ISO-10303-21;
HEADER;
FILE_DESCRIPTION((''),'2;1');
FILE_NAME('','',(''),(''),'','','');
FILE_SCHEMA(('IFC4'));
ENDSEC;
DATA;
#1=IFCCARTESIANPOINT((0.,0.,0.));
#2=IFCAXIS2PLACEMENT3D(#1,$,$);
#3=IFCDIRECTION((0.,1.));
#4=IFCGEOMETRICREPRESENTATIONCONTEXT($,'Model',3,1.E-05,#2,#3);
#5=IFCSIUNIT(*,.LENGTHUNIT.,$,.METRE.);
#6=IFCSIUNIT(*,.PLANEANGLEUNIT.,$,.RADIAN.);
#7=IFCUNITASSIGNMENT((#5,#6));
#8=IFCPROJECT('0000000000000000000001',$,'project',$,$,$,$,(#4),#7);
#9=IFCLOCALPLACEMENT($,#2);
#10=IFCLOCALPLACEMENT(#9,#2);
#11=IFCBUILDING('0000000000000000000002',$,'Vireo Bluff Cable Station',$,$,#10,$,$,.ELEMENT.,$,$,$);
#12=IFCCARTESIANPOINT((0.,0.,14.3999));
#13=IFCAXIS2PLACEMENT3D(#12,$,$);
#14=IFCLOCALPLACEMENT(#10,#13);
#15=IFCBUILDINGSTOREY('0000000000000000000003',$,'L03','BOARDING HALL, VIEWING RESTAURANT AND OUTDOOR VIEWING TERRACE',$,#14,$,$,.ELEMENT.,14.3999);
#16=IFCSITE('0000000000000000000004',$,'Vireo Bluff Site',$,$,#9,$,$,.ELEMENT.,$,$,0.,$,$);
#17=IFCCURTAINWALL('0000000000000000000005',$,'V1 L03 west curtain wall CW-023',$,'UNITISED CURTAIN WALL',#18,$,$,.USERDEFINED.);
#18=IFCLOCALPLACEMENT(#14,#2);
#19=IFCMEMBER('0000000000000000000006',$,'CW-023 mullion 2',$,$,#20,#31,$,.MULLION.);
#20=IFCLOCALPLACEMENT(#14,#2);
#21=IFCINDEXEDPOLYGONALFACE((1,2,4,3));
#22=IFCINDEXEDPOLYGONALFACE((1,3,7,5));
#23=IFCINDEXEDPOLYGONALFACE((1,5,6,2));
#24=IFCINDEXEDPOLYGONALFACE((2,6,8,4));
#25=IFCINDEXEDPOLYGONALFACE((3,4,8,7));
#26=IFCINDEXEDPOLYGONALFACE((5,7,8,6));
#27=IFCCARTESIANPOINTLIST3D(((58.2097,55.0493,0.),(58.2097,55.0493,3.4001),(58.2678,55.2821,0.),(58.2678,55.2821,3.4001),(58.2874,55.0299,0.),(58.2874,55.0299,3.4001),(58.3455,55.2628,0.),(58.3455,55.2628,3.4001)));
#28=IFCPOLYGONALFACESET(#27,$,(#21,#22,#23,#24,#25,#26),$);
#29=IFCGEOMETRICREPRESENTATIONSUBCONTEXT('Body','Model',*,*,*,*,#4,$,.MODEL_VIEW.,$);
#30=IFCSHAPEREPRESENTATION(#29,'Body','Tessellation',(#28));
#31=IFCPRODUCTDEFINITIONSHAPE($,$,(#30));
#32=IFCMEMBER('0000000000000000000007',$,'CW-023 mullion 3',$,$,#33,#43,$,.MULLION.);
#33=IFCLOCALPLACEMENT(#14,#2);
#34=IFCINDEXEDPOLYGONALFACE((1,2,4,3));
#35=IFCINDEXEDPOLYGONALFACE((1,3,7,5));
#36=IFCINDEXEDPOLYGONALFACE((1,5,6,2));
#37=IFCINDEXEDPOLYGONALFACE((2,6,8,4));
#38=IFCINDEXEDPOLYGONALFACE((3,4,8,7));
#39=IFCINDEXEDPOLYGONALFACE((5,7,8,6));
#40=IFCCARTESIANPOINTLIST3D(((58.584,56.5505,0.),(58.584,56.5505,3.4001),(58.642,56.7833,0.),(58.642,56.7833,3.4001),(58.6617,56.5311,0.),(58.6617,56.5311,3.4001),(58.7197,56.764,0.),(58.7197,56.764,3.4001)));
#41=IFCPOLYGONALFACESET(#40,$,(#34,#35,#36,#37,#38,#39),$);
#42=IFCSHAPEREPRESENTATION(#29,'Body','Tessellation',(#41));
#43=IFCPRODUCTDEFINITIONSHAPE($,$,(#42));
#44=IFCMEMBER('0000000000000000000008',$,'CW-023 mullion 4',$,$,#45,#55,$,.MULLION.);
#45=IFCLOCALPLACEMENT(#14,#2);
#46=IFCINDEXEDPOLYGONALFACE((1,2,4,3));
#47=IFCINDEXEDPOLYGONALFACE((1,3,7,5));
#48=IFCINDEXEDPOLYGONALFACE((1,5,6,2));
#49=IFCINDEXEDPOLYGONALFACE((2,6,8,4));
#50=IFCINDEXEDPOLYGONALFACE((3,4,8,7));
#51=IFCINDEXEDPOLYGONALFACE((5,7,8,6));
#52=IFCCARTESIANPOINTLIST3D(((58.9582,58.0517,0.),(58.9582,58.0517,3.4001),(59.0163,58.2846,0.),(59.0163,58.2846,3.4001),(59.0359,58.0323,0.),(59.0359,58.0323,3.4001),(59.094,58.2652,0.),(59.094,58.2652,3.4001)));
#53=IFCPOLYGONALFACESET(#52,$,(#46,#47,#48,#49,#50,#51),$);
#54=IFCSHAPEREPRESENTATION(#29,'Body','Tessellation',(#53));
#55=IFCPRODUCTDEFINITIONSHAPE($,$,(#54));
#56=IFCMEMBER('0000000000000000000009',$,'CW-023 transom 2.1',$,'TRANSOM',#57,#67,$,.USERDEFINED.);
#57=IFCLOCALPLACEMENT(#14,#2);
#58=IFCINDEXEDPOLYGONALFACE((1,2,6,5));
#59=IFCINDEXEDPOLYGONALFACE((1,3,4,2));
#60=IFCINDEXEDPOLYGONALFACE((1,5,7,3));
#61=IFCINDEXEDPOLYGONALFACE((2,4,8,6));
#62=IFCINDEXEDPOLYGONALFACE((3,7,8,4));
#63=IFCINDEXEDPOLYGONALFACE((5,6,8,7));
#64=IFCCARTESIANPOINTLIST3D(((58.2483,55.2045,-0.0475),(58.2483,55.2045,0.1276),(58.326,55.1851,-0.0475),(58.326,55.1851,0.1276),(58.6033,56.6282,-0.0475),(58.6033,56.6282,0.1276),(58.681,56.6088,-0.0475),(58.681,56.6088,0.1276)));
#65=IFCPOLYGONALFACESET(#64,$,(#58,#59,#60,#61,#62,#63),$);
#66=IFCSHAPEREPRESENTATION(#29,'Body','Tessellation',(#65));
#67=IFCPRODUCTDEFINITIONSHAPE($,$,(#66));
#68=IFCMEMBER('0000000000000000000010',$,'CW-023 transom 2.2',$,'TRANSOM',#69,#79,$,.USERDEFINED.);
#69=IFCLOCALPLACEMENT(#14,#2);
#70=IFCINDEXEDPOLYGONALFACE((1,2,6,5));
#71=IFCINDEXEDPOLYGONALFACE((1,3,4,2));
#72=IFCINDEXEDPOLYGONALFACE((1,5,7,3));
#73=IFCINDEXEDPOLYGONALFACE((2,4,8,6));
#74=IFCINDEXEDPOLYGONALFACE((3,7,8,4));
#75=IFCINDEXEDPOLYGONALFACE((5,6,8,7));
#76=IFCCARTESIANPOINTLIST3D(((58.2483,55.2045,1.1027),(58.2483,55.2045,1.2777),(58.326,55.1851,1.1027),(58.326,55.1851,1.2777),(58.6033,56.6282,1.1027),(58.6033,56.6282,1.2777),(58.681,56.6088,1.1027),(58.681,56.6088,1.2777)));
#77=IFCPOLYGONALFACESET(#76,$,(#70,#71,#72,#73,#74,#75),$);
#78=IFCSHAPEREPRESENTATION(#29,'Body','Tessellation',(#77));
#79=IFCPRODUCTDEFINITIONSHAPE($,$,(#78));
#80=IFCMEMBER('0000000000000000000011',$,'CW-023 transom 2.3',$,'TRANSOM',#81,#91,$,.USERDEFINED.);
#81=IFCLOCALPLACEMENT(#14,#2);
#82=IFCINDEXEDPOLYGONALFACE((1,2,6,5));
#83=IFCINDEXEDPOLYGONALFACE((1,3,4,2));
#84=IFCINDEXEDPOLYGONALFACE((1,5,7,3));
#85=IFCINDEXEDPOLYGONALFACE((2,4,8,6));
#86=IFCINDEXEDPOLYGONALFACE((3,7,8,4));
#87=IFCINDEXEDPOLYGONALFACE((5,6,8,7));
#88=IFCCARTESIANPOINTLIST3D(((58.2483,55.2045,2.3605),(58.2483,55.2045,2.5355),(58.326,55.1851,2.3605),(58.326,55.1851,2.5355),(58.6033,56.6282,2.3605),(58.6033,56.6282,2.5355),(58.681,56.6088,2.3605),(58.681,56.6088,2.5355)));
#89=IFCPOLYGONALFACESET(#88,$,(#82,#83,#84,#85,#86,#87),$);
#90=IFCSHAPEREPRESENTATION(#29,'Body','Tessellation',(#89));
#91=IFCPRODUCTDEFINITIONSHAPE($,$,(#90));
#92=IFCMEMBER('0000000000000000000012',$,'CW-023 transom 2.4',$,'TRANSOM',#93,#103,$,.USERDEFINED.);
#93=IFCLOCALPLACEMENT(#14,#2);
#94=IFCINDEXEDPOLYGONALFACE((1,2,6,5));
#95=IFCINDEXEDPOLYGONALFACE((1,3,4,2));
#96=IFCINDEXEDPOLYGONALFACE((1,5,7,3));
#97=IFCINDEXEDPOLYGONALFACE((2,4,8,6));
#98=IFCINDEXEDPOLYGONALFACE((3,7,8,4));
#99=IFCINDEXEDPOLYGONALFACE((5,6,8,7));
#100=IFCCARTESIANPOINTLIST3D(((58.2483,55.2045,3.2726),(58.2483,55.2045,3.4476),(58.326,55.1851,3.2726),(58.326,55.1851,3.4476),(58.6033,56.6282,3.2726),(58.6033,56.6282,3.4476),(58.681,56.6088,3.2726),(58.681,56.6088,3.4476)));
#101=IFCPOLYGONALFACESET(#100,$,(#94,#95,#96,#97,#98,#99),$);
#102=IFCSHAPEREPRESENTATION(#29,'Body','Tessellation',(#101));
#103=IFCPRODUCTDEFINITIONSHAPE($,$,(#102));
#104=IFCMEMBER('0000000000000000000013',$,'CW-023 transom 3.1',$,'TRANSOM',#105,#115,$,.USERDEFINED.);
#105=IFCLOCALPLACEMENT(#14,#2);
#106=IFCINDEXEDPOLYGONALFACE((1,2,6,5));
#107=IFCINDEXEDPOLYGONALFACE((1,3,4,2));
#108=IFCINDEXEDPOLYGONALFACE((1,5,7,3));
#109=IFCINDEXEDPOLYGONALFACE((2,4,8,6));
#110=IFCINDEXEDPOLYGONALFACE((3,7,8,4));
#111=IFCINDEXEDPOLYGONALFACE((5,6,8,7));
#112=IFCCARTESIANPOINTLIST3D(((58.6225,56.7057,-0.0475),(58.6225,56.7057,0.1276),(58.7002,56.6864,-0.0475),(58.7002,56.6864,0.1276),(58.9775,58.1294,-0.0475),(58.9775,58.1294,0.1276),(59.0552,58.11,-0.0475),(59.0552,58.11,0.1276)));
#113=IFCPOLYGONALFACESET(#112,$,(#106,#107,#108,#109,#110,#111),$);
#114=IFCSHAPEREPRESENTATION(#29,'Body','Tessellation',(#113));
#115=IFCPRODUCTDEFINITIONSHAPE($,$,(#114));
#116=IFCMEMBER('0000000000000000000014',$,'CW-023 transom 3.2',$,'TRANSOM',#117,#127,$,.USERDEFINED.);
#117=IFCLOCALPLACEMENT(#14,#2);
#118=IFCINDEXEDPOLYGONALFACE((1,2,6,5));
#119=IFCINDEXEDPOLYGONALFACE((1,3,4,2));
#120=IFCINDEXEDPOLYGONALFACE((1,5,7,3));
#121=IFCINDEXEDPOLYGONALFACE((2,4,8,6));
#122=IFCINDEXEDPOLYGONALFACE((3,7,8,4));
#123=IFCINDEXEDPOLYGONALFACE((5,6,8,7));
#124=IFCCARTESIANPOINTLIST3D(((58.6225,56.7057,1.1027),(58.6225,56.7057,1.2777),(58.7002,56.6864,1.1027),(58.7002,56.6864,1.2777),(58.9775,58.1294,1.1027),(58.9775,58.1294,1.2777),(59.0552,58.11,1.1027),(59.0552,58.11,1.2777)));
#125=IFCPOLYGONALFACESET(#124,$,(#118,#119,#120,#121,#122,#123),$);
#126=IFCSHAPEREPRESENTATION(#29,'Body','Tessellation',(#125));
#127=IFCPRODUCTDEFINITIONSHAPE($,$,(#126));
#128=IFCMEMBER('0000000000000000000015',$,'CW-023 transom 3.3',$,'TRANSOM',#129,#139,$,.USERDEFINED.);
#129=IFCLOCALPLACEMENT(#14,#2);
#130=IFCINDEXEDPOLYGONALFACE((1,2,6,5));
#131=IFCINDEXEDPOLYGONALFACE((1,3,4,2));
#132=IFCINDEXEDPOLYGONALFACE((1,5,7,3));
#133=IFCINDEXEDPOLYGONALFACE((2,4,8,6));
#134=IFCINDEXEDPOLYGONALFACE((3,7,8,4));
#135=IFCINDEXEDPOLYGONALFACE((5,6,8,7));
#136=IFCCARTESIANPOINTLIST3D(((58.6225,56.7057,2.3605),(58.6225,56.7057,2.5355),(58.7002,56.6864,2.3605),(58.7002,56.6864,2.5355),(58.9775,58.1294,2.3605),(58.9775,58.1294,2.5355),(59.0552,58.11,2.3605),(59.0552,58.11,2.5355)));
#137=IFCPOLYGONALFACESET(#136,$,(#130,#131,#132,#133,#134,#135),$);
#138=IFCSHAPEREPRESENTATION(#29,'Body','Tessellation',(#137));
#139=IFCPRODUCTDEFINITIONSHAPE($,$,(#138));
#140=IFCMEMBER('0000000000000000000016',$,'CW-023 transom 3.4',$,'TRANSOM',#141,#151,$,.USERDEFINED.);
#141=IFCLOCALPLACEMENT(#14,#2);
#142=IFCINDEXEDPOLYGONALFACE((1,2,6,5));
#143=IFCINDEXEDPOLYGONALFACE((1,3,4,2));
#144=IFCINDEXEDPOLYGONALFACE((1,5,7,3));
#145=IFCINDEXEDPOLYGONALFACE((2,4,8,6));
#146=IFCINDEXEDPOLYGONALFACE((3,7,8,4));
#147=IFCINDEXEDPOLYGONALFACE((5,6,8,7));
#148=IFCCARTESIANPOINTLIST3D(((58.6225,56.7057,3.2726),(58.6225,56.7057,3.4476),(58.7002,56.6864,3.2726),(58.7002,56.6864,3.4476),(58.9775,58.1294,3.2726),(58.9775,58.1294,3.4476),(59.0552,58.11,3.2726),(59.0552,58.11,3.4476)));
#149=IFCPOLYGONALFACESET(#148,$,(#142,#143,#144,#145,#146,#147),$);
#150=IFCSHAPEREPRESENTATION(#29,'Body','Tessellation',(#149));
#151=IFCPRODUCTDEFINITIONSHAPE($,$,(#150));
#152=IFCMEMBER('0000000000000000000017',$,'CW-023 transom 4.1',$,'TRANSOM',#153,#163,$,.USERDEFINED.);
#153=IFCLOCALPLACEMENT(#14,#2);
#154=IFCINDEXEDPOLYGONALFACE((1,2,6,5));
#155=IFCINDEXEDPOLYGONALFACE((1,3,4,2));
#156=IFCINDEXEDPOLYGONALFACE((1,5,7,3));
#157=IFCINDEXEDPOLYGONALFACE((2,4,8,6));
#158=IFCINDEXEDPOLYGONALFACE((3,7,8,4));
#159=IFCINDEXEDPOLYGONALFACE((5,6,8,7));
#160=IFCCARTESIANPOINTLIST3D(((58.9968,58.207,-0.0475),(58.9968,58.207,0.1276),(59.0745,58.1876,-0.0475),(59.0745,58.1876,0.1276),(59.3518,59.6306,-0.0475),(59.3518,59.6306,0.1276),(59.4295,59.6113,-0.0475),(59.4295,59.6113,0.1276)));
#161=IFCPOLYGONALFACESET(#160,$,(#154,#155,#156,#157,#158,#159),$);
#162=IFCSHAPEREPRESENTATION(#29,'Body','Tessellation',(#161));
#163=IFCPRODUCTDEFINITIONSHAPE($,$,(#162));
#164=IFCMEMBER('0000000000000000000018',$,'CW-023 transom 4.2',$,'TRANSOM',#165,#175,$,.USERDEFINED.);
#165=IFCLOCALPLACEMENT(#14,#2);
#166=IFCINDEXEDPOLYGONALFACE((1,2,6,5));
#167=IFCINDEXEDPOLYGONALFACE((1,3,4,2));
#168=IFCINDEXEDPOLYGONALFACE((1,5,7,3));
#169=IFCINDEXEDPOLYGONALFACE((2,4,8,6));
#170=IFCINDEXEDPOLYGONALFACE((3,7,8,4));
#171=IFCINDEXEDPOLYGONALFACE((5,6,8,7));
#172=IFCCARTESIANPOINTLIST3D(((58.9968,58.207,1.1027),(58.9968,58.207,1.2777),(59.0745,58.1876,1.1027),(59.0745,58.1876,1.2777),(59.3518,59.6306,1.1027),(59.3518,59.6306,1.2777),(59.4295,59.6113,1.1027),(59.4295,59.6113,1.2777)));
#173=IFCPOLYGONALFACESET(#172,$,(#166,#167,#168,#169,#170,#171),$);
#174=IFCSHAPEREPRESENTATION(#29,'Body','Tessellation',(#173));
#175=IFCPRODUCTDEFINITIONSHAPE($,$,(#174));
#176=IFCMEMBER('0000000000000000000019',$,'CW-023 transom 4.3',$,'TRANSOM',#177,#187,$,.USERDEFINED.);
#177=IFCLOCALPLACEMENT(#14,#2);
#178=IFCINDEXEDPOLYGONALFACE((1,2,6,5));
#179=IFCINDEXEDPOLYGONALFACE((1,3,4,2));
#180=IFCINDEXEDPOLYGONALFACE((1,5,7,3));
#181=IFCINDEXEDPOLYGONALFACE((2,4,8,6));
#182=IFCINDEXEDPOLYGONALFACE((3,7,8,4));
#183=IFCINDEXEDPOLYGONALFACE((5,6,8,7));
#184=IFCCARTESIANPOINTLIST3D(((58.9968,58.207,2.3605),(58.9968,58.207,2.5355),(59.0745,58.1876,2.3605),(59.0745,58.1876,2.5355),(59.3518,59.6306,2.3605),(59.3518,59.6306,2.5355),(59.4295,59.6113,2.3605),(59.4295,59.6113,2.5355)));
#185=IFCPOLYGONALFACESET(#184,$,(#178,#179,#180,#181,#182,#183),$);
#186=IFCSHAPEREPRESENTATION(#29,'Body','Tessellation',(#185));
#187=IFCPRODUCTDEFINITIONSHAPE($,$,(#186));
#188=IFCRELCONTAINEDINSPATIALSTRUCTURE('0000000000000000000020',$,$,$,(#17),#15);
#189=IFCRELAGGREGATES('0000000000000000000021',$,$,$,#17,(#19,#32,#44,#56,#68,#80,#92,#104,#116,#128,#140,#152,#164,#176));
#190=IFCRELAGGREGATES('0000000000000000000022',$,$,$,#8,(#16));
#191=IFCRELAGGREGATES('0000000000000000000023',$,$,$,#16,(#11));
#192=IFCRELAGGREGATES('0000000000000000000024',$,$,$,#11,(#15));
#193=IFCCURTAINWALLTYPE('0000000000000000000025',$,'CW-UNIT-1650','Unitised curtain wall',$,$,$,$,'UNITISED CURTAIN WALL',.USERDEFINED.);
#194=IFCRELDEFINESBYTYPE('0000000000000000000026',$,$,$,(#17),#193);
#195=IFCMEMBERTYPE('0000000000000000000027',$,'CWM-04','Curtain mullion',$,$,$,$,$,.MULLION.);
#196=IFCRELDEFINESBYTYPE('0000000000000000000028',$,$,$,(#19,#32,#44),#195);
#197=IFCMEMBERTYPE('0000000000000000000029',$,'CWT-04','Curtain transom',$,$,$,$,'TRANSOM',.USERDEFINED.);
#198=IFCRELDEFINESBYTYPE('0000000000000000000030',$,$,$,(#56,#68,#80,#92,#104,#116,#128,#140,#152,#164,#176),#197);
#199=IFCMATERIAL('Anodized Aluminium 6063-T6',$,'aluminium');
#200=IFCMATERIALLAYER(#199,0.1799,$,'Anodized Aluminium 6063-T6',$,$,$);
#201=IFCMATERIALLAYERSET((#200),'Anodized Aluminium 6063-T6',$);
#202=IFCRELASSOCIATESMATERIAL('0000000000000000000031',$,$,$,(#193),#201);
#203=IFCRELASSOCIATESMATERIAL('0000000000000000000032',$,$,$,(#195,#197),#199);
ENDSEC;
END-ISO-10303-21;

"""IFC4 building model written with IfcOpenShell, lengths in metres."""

from ifc_helpers import new_model, si_unit, direction, frame, origin, origin_2d, place, context, subcontext, project, spatial, rectangle, extrude, material, layer, layer_set, material_profile, profile_set, type_object, element, aggregate, save


model = new_model("IFC4")

# Units and contexts
model_context = context("Model", 3, precision=1e-05, world=origin(), true_north=direction((0.0, 1.0)))
body_context = subcontext(model_context, "Body", "Model", "MODEL_VIEW")
ifc_project = project(units=[si_unit("LENGTHUNIT", "METRE"), si_unit("PLANEANGLEUNIT", "RADIAN")], contexts=[model_context])

# Site, building, storey
site_placement = place(None, origin())
site = spatial("IfcSite", under=ifc_project, at=site_placement, Name="Vireo Bluff Site", CompositionType="ELEMENT", RefElevation=0.0)
building_placement = place(site_placement, origin())
building = spatial("IfcBuilding", under=site, at=building_placement, Name="Vireo Bluff Cable Station", CompositionType="ELEMENT")
storey_placement = place(building_placement, frame((0.0, 0.0, 14.3999)))
storey = spatial("IfcBuildingStorey", under=building, at=storey_placement, Name="L03", Description="BOARDING HALL, VIEWING RESTAURANT AND OUTDOOR VIEWING TERRACE", CompositionType="ELEMENT", Elevation=14.3999)

# Curtain wall, members
ifc_material_1 = material(Name="Anodized Aluminium 6063-T6", Category="aluminium")
ifc_layer_1 = layer(ifc_material_1, 0.1799, Name="Anodized Aluminium 6063-T6")
ifc_layer_set_1 = layer_set([ifc_layer_1], Name="Anodized Aluminium 6063-T6")
curtain_wall_type = type_object("IfcCurtainWallType", Name="CW-UNIT-1650", Description="Unitised curtain wall", ElementType="UNITISED CURTAIN WALL", PredefinedType="USERDEFINED", material=ifc_layer_set_1)
curtain_wall_placement = place(storey_placement, origin())
curtain_wall = element("IfcCurtainWall", 1, at=curtain_wall_placement, inside=storey, type_object=curtain_wall_type, Name="V1 L03 west curtain wall CW-023", ObjectType="UNITISED CURTAIN WALL", PredefinedType="USERDEFINED")
ifc_material_profile_1 = material_profile(ifc_material_1, rectangle(XDim=0.0801, YDim=0.24, at=origin_2d()), Name="ALU-M-80X240")
ifc_profile_set_1 = profile_set([ifc_material_profile_1], Name="Anodized Aluminium 6063-T6")
member_type_1 = type_object("IfcMemberType", Name="CWM-04", Description="Curtain mullion", PredefinedType="MULLION", material=ifc_profile_set_1)
member_1_placement = place(storey_placement, frame((58.2776, 55.156, 0.0), z_axis=(0.0, 0.0, 1.0), x_axis=(-0.970296, 0.241922, 0.0)))
member_1 = element("IfcMember", 2, at=member_1_placement, type_object=member_type_1, Name="CW-023 mullion 2", PredefinedType="MULLION", context=body_context, shape_type="SweptSolid", body=[
    extrude(rectangle(XDim=0.0801, YDim=0.24, at=origin_2d()), origin(), (0.0, 0.0, 1.0), 3.4001),
])
member_2_placement = place(storey_placement, frame((58.6519, 56.6572, 0.0), z_axis=(0.0, 0.0, 1.0), x_axis=(-0.970296, 0.241922, 0.0)))
member_2 = element("IfcMember", 3, at=member_2_placement, type_object=member_type_1, Name="CW-023 mullion 3", PredefinedType="MULLION", context=body_context, shape_type="SweptSolid", body=[
    extrude(rectangle(XDim=0.0801, YDim=0.24, at=origin_2d()), origin(), (0.0, 0.0, 1.0), 3.4001),
])
member_3_placement = place(storey_placement, frame((59.0261, 58.1584, 0.0), z_axis=(0.0, 0.0, 1.0), x_axis=(-0.970296, 0.241922, 0.0)))
member_3 = element("IfcMember", 4, at=member_3_placement, type_object=member_type_1, Name="CW-023 mullion 4", PredefinedType="MULLION", context=body_context, shape_type="SweptSolid", body=[
    extrude(rectangle(XDim=0.0801, YDim=0.24, at=origin_2d()), origin(), (0.0, 0.0, 1.0), 3.4001),
])
ifc_material_profile_2 = material_profile(ifc_material_1, rectangle(XDim=0.0801, YDim=0.175, at=origin_2d()), Name="ALU-T-80X175")
ifc_profile_set_2 = profile_set([ifc_material_profile_2], Name="Anodized Aluminium 6063-T6")
member_type_2 = type_object("IfcMemberType", Name="CWT-04", Description="Curtain transom", ElementType="TRANSOM", PredefinedType="USERDEFINED", material=ifc_profile_set_2)
member_4_placement = place(storey_placement, frame((58.2871, 55.1948, 0.04), z_axis=(0.241948, 0.970289, 0.0), x_axis=(-0.970289, 0.241948, 0.0)))
member_4 = element("IfcMember", 5, at=member_4_placement, type_object=member_type_2, Name="CW-023 transom 2.1", ObjectType="TRANSOM", PredefinedType="USERDEFINED", context=body_context, shape_type="SweptSolid", body=[
    extrude(rectangle(XDim=0.0801, YDim=0.175, at=origin_2d()), origin(), (0.0, 0.0, 1.0), 1.4673),
])
member_5_placement = place(storey_placement, frame((58.2871, 55.1948, 1.1902), z_axis=(0.241948, 0.970289, 0.0), x_axis=(-0.970289, 0.241948, 0.0)))
member_5 = element("IfcMember", 6, at=member_5_placement, type_object=member_type_2, Name="CW-023 transom 2.2", ObjectType="TRANSOM", PredefinedType="USERDEFINED", context=body_context, shape_type="SweptSolid", body=[
    extrude(rectangle(XDim=0.0801, YDim=0.175, at=origin_2d()), origin(), (0.0, 0.0, 1.0), 1.4673),
])
member_6_placement = place(storey_placement, frame((58.2871, 55.1948, 2.448), z_axis=(0.241948, 0.970289, 0.0), x_axis=(-0.970289, 0.241948, 0.0)))
member_6 = element("IfcMember", 7, at=member_6_placement, type_object=member_type_2, Name="CW-023 transom 2.3", ObjectType="TRANSOM", PredefinedType="USERDEFINED", context=body_context, shape_type="SweptSolid", body=[
    extrude(rectangle(XDim=0.0801, YDim=0.175, at=origin_2d()), origin(), (0.0, 0.0, 1.0), 1.4673),
])
member_7_placement = place(storey_placement, frame((58.2871, 55.1948, 3.3601), z_axis=(0.241948, 0.970289, 0.0), x_axis=(-0.970289, 0.241948, 0.0)))
member_7 = element("IfcMember", 8, at=member_7_placement, type_object=member_type_2, Name="CW-023 transom 2.4", ObjectType="TRANSOM", PredefinedType="USERDEFINED", context=body_context, shape_type="SweptSolid", body=[
    extrude(rectangle(XDim=0.0801, YDim=0.175, at=origin_2d()), origin(), (0.0, 0.0, 1.0), 1.4673),
])
member_8_placement = place(storey_placement, frame((58.6614, 56.696, 0.04), z_axis=(0.241948, 0.970289, 0.0), x_axis=(-0.970289, 0.241948, 0.0)))
member_8 = element("IfcMember", 9, at=member_8_placement, type_object=member_type_2, Name="CW-023 transom 3.1", ObjectType="TRANSOM", PredefinedType="USERDEFINED", context=body_context, shape_type="SweptSolid", body=[
    extrude(rectangle(XDim=0.0801, YDim=0.175, at=origin_2d()), origin(), (0.0, 0.0, 1.0), 1.4673),
])
member_9_placement = place(storey_placement, frame((58.6614, 56.696, 1.1902), z_axis=(0.241948, 0.970289, 0.0), x_axis=(-0.970289, 0.241948, 0.0)))
member_9 = element("IfcMember", 10, at=member_9_placement, type_object=member_type_2, Name="CW-023 transom 3.2", ObjectType="TRANSOM", PredefinedType="USERDEFINED", context=body_context, shape_type="SweptSolid", body=[
    extrude(rectangle(XDim=0.0801, YDim=0.175, at=origin_2d()), origin(), (0.0, 0.0, 1.0), 1.4673),
])
member_10_placement = place(storey_placement, frame((58.6614, 56.696, 2.448), z_axis=(0.241948, 0.970289, 0.0), x_axis=(-0.970289, 0.241948, 0.0)))
member_10 = element("IfcMember", 11, at=member_10_placement, type_object=member_type_2, Name="CW-023 transom 3.3", ObjectType="TRANSOM", PredefinedType="USERDEFINED", context=body_context, shape_type="SweptSolid", body=[
    extrude(rectangle(XDim=0.0801, YDim=0.175, at=origin_2d()), origin(), (0.0, 0.0, 1.0), 1.4673),
])
member_11_placement = place(storey_placement, frame((58.6614, 56.696, 3.3601), z_axis=(0.241948, 0.970289, 0.0), x_axis=(-0.970289, 0.241948, 0.0)))
member_11 = element("IfcMember", 12, at=member_11_placement, type_object=member_type_2, Name="CW-023 transom 3.4", ObjectType="TRANSOM", PredefinedType="USERDEFINED", context=body_context, shape_type="SweptSolid", body=[
    extrude(rectangle(XDim=0.0801, YDim=0.175, at=origin_2d()), origin(), (0.0, 0.0, 1.0), 1.4673),
])
member_12_placement = place(storey_placement, frame((59.0356, 58.1973, 0.04), z_axis=(0.241948, 0.970289, 0.0), x_axis=(-0.970289, 0.241948, 0.0)))
member_12 = element("IfcMember", 13, at=member_12_placement, type_object=member_type_2, Name="CW-023 transom 4.1", ObjectType="TRANSOM", PredefinedType="USERDEFINED", context=body_context, shape_type="SweptSolid", body=[
    extrude(rectangle(XDim=0.0801, YDim=0.175, at=origin_2d()), origin(), (0.0, 0.0, 1.0), 1.4673),
])
member_13_placement = place(storey_placement, frame((59.0356, 58.1973, 1.1902), z_axis=(0.241948, 0.970289, 0.0), x_axis=(-0.970289, 0.241948, 0.0)))
member_13 = element("IfcMember", 14, at=member_13_placement, type_object=member_type_2, Name="CW-023 transom 4.2", ObjectType="TRANSOM", PredefinedType="USERDEFINED", context=body_context, shape_type="SweptSolid", body=[
    extrude(rectangle(XDim=0.0801, YDim=0.175, at=origin_2d()), origin(), (0.0, 0.0, 1.0), 1.4673),
])
member_14_placement = place(storey_placement, frame((59.0356, 58.1973, 2.448), z_axis=(0.241948, 0.970289, 0.0), x_axis=(-0.970289, 0.241948, 0.0)))
member_14 = element("IfcMember", 15, at=member_14_placement, type_object=member_type_2, Name="CW-023 transom 4.3", ObjectType="TRANSOM", PredefinedType="USERDEFINED", context=body_context, shape_type="SweptSolid", body=[
    extrude(rectangle(XDim=0.0801, YDim=0.175, at=origin_2d()), origin(), (0.0, 0.0, 1.0), 1.4673),
])

aggregate(curtain_wall, [member_1, member_2, member_3, member_4, member_5, member_6, member_7, member_8, member_9, member_10, member_11, member_12, member_13, member_14])

save(model, "model.ifc")
